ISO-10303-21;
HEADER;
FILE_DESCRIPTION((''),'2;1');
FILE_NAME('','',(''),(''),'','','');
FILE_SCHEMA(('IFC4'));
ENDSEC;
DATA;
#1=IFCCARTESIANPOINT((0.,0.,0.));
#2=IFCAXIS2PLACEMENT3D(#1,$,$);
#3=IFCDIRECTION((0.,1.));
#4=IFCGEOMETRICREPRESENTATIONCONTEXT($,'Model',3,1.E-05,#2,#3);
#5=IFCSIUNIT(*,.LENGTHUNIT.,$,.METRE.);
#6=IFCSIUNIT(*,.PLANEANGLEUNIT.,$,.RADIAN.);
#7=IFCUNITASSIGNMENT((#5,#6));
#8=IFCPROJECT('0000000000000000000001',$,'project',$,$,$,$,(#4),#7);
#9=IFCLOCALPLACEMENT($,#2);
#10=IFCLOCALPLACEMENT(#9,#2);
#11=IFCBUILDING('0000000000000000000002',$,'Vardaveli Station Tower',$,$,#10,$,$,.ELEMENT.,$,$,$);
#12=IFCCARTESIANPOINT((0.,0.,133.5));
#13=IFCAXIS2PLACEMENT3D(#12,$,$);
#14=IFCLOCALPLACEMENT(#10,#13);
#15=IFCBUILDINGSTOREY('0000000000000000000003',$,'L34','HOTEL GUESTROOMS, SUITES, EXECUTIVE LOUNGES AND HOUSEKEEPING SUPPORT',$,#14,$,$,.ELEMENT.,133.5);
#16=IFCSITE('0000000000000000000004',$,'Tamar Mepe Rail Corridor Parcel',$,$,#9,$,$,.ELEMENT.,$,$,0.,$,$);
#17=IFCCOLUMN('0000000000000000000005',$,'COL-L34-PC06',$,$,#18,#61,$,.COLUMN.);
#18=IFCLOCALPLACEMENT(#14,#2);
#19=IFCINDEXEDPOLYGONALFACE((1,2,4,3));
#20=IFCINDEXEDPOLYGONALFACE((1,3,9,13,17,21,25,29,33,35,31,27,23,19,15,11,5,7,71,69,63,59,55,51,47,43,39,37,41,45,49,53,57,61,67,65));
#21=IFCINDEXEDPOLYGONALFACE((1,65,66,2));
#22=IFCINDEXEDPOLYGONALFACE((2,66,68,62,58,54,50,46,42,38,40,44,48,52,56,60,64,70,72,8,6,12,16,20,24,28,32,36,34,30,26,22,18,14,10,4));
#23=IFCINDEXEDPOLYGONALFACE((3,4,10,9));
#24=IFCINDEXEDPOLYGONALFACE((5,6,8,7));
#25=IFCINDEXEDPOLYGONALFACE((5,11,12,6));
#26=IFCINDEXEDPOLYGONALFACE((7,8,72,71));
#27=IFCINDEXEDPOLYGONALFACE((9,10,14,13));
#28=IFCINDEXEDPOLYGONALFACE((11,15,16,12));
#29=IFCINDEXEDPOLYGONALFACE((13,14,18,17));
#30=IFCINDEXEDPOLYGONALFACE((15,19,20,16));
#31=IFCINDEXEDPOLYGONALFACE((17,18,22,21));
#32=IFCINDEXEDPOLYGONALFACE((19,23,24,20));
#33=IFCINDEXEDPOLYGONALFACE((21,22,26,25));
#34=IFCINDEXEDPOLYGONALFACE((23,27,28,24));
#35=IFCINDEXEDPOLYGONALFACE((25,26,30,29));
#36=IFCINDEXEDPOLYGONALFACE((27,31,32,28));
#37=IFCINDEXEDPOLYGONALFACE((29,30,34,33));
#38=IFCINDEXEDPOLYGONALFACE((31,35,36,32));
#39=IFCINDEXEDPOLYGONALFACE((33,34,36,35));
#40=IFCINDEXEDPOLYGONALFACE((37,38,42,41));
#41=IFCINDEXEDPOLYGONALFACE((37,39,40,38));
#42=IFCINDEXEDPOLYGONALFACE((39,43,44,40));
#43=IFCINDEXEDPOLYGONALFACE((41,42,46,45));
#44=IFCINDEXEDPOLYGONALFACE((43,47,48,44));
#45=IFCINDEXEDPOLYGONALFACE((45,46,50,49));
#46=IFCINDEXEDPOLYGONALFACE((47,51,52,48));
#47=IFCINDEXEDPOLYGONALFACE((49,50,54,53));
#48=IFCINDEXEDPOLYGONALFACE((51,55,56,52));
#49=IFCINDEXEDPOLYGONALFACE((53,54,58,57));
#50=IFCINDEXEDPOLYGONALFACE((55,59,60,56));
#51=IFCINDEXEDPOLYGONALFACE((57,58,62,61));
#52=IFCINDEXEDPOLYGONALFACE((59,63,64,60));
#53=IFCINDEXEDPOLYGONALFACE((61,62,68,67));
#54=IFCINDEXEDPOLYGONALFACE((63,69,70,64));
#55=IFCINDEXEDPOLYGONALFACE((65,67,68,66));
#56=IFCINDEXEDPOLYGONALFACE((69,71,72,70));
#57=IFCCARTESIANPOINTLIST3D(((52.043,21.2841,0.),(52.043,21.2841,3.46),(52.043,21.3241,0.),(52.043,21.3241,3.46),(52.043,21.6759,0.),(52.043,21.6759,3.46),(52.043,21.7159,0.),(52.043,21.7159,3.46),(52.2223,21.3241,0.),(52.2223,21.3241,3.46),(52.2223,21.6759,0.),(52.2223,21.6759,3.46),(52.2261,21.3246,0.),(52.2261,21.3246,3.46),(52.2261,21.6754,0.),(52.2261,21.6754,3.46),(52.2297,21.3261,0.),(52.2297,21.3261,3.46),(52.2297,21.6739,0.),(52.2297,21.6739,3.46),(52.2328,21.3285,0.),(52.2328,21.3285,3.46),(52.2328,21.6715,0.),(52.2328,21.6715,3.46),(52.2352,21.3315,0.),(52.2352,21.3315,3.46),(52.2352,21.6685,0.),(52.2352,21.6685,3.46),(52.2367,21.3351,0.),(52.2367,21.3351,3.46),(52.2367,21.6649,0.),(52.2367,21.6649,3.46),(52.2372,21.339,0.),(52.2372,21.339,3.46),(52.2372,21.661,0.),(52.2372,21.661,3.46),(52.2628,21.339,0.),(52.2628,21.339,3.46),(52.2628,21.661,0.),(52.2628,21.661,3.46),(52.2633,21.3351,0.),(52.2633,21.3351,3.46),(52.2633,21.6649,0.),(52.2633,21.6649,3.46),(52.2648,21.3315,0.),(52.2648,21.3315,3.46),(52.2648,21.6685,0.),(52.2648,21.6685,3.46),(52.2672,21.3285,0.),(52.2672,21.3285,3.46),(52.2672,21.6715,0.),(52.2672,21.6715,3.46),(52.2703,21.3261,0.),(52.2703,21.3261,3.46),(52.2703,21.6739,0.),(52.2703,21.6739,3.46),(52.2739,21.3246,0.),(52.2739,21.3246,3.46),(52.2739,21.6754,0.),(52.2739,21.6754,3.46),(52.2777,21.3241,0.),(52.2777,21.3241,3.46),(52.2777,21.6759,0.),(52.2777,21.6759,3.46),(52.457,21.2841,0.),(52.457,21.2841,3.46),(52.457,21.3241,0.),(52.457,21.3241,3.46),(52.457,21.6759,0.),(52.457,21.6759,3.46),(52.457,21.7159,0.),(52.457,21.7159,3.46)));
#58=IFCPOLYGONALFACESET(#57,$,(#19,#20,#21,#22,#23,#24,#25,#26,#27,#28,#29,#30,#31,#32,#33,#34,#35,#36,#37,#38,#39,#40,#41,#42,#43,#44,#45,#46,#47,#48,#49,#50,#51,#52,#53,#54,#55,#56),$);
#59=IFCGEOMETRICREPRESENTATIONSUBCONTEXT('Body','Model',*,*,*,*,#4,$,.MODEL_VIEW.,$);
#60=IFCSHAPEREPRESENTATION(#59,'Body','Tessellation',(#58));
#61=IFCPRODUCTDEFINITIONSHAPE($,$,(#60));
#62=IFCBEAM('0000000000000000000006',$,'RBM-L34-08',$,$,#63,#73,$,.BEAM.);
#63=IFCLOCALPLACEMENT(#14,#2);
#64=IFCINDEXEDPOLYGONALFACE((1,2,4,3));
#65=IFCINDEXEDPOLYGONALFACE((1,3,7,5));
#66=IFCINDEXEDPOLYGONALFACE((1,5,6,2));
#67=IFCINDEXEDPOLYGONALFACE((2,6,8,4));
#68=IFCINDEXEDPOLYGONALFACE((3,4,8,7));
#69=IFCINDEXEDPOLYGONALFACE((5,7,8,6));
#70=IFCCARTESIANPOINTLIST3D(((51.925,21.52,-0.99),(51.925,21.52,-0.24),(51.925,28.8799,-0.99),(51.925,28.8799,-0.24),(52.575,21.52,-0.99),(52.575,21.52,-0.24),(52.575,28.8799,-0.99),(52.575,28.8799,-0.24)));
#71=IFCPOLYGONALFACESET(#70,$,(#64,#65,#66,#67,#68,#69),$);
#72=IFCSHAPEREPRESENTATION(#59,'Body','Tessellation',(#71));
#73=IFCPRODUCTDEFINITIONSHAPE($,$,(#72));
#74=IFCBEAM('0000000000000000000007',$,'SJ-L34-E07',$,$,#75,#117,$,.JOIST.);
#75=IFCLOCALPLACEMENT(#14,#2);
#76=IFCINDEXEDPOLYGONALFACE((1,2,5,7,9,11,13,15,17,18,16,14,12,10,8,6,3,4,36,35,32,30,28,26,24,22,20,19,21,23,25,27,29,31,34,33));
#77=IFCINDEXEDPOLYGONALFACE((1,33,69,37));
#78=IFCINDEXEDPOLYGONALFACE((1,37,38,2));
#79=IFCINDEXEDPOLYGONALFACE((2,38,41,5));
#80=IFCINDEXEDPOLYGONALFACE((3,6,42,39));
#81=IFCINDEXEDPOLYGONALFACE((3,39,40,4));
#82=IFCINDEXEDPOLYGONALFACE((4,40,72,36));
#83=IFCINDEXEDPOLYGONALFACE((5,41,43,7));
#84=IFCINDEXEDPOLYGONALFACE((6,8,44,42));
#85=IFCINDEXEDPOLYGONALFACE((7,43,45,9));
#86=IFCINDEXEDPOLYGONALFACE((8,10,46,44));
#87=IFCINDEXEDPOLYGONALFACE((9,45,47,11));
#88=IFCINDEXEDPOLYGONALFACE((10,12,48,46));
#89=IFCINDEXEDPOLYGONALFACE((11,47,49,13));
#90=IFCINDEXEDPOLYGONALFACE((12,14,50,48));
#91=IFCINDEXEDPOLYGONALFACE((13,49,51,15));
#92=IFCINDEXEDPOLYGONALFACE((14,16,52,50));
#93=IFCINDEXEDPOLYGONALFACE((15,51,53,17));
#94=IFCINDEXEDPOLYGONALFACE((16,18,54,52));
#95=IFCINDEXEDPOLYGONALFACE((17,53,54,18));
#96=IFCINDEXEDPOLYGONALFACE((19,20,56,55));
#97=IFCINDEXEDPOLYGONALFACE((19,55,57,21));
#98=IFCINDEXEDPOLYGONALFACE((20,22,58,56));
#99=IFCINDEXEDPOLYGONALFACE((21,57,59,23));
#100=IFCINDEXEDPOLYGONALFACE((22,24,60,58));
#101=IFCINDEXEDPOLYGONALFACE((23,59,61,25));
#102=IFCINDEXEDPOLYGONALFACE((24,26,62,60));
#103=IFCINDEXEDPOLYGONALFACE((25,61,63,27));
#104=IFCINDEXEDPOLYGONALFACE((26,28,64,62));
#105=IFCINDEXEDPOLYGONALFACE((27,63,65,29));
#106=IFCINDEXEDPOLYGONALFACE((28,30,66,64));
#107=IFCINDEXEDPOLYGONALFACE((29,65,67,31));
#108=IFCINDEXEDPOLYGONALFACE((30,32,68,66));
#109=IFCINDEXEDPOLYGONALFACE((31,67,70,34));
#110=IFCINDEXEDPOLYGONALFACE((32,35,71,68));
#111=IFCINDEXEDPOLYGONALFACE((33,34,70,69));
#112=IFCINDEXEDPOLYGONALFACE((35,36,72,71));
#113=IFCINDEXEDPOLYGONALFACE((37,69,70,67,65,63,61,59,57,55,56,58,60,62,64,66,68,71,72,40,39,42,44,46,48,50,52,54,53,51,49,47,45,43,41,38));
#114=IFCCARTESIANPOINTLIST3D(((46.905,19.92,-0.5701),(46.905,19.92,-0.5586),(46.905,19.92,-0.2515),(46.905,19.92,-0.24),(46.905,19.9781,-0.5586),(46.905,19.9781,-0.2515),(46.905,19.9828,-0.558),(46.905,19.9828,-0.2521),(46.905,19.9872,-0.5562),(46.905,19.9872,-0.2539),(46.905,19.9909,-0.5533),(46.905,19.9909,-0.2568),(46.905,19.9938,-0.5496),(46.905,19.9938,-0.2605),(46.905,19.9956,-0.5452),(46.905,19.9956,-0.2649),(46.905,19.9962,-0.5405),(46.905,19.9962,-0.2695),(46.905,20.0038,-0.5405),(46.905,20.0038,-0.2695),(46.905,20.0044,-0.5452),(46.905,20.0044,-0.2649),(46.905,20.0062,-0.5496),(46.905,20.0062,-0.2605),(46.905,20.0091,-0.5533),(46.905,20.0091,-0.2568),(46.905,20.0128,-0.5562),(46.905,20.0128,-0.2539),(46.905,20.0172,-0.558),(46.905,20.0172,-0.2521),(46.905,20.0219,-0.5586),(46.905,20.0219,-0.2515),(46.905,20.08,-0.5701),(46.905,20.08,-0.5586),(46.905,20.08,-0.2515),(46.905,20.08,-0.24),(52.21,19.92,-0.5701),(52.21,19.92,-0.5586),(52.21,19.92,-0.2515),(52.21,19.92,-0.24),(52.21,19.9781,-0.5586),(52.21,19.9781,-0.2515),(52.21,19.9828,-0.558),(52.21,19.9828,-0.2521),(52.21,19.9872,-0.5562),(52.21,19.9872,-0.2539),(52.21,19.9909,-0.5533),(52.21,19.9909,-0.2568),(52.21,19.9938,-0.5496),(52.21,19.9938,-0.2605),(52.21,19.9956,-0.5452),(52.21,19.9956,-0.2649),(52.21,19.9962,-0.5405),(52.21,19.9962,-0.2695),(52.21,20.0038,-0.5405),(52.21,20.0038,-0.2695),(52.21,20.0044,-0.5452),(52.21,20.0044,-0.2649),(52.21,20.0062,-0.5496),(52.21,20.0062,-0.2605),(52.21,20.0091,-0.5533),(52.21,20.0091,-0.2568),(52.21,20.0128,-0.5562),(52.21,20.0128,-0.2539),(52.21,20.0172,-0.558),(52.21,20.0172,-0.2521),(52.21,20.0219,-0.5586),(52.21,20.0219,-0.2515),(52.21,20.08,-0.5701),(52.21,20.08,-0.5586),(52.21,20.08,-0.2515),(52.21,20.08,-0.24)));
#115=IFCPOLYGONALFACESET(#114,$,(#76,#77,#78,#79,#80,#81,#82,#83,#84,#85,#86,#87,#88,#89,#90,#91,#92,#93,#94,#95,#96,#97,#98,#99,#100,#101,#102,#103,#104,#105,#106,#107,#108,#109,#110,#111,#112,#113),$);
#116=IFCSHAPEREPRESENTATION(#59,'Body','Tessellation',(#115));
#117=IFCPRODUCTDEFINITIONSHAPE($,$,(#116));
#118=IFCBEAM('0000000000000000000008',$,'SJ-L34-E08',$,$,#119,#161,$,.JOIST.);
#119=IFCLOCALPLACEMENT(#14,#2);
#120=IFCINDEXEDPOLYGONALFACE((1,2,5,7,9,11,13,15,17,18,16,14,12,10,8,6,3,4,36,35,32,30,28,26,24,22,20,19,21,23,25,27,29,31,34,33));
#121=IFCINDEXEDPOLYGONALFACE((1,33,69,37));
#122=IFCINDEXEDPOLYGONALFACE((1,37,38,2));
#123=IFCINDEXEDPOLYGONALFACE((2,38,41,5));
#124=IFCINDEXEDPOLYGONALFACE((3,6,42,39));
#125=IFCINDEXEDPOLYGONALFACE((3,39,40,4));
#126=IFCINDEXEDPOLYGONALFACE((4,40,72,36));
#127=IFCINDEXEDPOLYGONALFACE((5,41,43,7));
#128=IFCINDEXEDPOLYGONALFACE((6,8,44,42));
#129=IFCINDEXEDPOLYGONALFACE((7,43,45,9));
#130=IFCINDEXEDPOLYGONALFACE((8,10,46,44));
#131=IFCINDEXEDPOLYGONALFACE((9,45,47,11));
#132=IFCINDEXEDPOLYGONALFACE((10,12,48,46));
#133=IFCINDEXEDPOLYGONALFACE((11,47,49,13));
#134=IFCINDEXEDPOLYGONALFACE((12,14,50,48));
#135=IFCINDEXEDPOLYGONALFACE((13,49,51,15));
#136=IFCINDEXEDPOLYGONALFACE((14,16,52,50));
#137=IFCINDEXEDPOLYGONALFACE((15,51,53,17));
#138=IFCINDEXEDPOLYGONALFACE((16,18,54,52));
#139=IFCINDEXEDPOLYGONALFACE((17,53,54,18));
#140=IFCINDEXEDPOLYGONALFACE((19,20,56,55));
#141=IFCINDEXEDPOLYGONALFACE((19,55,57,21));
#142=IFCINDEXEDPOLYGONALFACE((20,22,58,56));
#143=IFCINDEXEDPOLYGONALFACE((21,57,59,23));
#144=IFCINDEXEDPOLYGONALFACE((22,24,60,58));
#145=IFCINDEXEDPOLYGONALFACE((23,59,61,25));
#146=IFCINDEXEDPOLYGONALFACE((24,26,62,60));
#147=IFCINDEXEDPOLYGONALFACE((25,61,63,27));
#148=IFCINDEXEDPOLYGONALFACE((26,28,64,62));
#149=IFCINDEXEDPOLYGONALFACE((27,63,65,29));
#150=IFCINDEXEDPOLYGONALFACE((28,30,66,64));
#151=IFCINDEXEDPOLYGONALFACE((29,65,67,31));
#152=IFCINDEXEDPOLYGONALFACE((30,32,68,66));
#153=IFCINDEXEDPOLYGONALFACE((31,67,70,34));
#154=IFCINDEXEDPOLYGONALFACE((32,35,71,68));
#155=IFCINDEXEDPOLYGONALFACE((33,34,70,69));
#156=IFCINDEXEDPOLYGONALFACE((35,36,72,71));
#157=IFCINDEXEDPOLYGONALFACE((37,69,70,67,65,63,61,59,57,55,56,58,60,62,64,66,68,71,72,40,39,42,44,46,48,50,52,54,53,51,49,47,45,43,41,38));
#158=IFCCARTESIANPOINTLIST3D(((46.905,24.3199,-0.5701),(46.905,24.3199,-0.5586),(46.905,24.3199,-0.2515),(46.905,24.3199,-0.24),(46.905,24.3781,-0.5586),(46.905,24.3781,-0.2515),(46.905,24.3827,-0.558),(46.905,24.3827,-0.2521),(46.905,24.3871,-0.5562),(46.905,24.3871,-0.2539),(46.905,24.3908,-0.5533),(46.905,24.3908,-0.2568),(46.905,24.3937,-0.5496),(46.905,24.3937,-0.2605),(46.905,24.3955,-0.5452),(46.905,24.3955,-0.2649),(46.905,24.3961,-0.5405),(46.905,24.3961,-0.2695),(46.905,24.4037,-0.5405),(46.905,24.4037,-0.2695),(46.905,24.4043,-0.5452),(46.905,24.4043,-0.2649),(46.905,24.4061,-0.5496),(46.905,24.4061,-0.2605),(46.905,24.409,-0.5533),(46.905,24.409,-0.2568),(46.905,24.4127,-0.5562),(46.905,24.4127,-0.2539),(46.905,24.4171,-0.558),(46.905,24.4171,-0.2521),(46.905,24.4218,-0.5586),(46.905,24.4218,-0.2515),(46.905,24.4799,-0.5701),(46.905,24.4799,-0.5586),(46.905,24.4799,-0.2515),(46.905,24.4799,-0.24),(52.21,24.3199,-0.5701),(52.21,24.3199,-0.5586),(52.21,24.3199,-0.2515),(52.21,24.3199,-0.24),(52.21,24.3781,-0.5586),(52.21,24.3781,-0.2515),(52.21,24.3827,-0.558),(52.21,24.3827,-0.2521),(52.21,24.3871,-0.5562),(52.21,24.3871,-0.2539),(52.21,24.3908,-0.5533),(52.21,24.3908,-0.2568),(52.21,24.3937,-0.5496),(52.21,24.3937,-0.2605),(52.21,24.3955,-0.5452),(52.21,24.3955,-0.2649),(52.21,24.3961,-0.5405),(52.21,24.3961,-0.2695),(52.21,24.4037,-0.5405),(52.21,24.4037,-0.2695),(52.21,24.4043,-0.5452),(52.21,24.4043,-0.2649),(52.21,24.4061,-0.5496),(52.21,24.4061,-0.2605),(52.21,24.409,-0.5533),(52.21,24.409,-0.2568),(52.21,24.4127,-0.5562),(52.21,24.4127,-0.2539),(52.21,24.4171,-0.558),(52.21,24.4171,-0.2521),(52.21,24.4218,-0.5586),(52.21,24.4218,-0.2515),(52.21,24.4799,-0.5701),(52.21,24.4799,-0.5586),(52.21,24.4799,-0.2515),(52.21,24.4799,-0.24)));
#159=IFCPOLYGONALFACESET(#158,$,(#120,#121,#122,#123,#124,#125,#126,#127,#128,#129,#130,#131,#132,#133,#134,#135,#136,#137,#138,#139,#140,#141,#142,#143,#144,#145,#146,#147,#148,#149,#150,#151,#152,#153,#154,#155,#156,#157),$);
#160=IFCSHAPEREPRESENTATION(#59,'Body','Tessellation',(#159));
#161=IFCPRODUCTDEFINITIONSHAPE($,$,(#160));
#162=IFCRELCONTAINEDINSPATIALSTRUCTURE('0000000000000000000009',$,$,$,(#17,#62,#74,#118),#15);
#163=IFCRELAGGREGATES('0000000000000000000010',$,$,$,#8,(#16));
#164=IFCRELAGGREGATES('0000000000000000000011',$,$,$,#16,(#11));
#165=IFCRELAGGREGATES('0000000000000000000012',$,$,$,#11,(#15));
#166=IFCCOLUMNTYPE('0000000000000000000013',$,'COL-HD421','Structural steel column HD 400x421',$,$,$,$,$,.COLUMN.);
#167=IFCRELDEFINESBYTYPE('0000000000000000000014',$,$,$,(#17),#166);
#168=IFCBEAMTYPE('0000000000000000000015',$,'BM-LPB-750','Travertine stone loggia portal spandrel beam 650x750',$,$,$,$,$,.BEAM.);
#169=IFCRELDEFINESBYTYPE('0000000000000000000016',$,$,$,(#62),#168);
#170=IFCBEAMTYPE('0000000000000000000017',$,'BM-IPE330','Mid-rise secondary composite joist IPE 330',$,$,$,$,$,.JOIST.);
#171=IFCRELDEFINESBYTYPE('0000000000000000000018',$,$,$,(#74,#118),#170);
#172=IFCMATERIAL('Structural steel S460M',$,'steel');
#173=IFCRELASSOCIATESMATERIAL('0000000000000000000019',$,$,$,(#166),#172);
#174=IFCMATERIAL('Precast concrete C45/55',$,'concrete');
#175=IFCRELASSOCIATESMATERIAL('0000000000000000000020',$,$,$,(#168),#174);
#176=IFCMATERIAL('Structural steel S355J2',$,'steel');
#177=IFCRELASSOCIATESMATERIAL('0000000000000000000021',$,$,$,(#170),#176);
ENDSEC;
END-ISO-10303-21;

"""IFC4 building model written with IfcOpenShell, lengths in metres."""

from ifc_helpers import new_model, si_unit, direction, frame, origin, origin_2d, place, context, subcontext, project, spatial, rectangle, i_section, extrude, source, transform, mapped, material, material_profile, profile_set, type_object, element, save


model = new_model("IFC4")

# Units and contexts
model_context = context("Model", 3, precision=1e-05, world=origin(), true_north=direction((0.0, 1.0)))
body_context = subcontext(model_context, "Body", "Model", "MODEL_VIEW")
ifc_project = project(units=[si_unit("LENGTHUNIT", "METRE"), si_unit("PLANEANGLEUNIT", "RADIAN")], contexts=[model_context])

# Site, building, storey
site_placement = place(None, origin())
site = spatial("IfcSite", under=ifc_project, at=site_placement, Name="Tamar Mepe Rail Corridor Parcel", CompositionType="ELEMENT", RefElevation=0.0)
building_placement = place(site_placement, origin())
building = spatial("IfcBuilding", under=site, at=building_placement, Name="Vardaveli Station Tower", CompositionType="ELEMENT")
storey_placement = place(building_placement, frame((0.0, 0.0, 133.5)))
storey = spatial("IfcBuildingStorey", under=building, at=storey_placement, Name="L34", Description="HOTEL GUESTROOMS, SUITES, EXECUTIVE LOUNGES AND HOUSEKEEPING SUPPORT", CompositionType="ELEMENT", Elevation=133.5)

# Column
ifc_material_1 = material(Name="Structural steel S460M", Category="steel")
ifc_material_profile_1 = material_profile(ifc_material_1, i_section(OverallWidth=0.4141, OverallDepth=0.4319, WebThickness=0.0256, FlangeThickness=0.04, FilletRadius=0.0149, at=origin_2d()), Name="HD 400x421")
ifc_profile_set_1 = profile_set([ifc_material_profile_1], Name="Structural steel S460M")
column_type = type_object("IfcColumnType", Name="COL-HD421", Description="Structural steel column HD 400x421", PredefinedType="COLUMN", material=ifc_profile_set_1)
shared_shape_1 = source(origin(), body_context, "Body", "SweptSolid", [
    extrude(i_section(OverallWidth=0.4141, OverallDepth=0.4319, WebThickness=0.0256, FlangeThickness=0.04, FilletRadius=0.0149, at=origin_2d()), origin(), (0.0, 0.0, 1.0), 3.46),
])
column_placement = place(storey_placement, frame((52.25, 21.5, 0.0), z_axis=(0.0, 0.0, 1.0), x_axis=(1.0, 0.0, 0.0)))
element("IfcColumn", 1, at=column_placement, inside=storey, type_object=column_type, Name="COL-L34-PC06", PredefinedType="COLUMN", context=body_context, shape_type="MappedRepresentation", body=[
    mapped(shared_shape_1, transform((0.0, 0.0, 0.0), scale=1.0)),
])

# Beams
ifc_material_2 = material(Name="Precast concrete C45/55", Category="concrete")
ifc_material_profile_2 = material_profile(ifc_material_2, rectangle(XDim=0.6499, YDim=0.75, at=origin_2d()), Name="LPB 650x750")
ifc_profile_set_2 = profile_set([ifc_material_profile_2], Name="Precast concrete C45/55")
beam_type_1 = type_object("IfcBeamType", Name="BM-LPB-750", Description="Travertine stone loggia portal spandrel beam 650x750", PredefinedType="BEAM", material=ifc_profile_set_2)
shared_shape_2 = source(origin(), body_context, "Body", "SweptSolid", [
    extrude(rectangle(XDim=0.6499, YDim=0.75, at=origin_2d()), origin(), (0.0, 0.0, 1.0), 7.3599),
])
beam_1_placement = place(storey_placement, frame((52.25, 21.52, -0.615), z_axis=(0.0, 1.0, 0.0), x_axis=(-1.0, 0.0, 0.0)))
element("IfcBeam", 2, at=beam_1_placement, inside=storey, type_object=beam_type_1, Name="RBM-L34-08", PredefinedType="BEAM", context=body_context, shape_type="MappedRepresentation", body=[
    mapped(shared_shape_2, transform((0.0, 0.0, 0.0), scale=1.0)),
])
ifc_material_3 = material(Name="Structural steel S355J2", Category="steel")
ifc_material_profile_3 = material_profile(ifc_material_3, i_section(OverallWidth=0.1599, OverallDepth=0.3301, WebThickness=0.0076, FlangeThickness=0.0115, FilletRadius=0.0181, at=origin_2d()), Name="IPE 330")
ifc_profile_set_3 = profile_set([ifc_material_profile_3], Name="Structural steel S355J2")
beam_type_2 = type_object("IfcBeamType", Name="BM-IPE330", Description="Mid-rise secondary composite joist IPE 330", PredefinedType="JOIST", material=ifc_profile_set_3)
shared_shape_3 = source(origin(), body_context, "Body", "SweptSolid", [
    extrude(i_section(OverallWidth=0.1599, OverallDepth=0.3301, WebThickness=0.0076, FlangeThickness=0.0115, FilletRadius=0.0181, at=origin_2d()), origin(), (0.0, 0.0, 1.0), 5.3049),
])
for number, where, z_axis, x_axis, name in (
    (3, (46.905, 20.0, -0.405), (1.0, 0.0, 0.0), (0.0, 1.0, 0.0), "SJ-L34-E07"),
    (4, (46.905, 24.3999, -0.405), (1.0, 0.0, 0.0), (0.0, 1.0, 0.0), "SJ-L34-E08"),
):
    element("IfcBeam", number, at=place(storey_placement, frame(where, z_axis=z_axis, x_axis=x_axis)), inside=storey, type_object=beam_type_2, Name=name, PredefinedType="JOIST", context=body_context, shape_type="MappedRepresentation", body=[
        mapped(shared_shape_3, transform((0.0, 0.0, 0.0), scale=1.0)),
    ])

save(model, "model.ifc")
